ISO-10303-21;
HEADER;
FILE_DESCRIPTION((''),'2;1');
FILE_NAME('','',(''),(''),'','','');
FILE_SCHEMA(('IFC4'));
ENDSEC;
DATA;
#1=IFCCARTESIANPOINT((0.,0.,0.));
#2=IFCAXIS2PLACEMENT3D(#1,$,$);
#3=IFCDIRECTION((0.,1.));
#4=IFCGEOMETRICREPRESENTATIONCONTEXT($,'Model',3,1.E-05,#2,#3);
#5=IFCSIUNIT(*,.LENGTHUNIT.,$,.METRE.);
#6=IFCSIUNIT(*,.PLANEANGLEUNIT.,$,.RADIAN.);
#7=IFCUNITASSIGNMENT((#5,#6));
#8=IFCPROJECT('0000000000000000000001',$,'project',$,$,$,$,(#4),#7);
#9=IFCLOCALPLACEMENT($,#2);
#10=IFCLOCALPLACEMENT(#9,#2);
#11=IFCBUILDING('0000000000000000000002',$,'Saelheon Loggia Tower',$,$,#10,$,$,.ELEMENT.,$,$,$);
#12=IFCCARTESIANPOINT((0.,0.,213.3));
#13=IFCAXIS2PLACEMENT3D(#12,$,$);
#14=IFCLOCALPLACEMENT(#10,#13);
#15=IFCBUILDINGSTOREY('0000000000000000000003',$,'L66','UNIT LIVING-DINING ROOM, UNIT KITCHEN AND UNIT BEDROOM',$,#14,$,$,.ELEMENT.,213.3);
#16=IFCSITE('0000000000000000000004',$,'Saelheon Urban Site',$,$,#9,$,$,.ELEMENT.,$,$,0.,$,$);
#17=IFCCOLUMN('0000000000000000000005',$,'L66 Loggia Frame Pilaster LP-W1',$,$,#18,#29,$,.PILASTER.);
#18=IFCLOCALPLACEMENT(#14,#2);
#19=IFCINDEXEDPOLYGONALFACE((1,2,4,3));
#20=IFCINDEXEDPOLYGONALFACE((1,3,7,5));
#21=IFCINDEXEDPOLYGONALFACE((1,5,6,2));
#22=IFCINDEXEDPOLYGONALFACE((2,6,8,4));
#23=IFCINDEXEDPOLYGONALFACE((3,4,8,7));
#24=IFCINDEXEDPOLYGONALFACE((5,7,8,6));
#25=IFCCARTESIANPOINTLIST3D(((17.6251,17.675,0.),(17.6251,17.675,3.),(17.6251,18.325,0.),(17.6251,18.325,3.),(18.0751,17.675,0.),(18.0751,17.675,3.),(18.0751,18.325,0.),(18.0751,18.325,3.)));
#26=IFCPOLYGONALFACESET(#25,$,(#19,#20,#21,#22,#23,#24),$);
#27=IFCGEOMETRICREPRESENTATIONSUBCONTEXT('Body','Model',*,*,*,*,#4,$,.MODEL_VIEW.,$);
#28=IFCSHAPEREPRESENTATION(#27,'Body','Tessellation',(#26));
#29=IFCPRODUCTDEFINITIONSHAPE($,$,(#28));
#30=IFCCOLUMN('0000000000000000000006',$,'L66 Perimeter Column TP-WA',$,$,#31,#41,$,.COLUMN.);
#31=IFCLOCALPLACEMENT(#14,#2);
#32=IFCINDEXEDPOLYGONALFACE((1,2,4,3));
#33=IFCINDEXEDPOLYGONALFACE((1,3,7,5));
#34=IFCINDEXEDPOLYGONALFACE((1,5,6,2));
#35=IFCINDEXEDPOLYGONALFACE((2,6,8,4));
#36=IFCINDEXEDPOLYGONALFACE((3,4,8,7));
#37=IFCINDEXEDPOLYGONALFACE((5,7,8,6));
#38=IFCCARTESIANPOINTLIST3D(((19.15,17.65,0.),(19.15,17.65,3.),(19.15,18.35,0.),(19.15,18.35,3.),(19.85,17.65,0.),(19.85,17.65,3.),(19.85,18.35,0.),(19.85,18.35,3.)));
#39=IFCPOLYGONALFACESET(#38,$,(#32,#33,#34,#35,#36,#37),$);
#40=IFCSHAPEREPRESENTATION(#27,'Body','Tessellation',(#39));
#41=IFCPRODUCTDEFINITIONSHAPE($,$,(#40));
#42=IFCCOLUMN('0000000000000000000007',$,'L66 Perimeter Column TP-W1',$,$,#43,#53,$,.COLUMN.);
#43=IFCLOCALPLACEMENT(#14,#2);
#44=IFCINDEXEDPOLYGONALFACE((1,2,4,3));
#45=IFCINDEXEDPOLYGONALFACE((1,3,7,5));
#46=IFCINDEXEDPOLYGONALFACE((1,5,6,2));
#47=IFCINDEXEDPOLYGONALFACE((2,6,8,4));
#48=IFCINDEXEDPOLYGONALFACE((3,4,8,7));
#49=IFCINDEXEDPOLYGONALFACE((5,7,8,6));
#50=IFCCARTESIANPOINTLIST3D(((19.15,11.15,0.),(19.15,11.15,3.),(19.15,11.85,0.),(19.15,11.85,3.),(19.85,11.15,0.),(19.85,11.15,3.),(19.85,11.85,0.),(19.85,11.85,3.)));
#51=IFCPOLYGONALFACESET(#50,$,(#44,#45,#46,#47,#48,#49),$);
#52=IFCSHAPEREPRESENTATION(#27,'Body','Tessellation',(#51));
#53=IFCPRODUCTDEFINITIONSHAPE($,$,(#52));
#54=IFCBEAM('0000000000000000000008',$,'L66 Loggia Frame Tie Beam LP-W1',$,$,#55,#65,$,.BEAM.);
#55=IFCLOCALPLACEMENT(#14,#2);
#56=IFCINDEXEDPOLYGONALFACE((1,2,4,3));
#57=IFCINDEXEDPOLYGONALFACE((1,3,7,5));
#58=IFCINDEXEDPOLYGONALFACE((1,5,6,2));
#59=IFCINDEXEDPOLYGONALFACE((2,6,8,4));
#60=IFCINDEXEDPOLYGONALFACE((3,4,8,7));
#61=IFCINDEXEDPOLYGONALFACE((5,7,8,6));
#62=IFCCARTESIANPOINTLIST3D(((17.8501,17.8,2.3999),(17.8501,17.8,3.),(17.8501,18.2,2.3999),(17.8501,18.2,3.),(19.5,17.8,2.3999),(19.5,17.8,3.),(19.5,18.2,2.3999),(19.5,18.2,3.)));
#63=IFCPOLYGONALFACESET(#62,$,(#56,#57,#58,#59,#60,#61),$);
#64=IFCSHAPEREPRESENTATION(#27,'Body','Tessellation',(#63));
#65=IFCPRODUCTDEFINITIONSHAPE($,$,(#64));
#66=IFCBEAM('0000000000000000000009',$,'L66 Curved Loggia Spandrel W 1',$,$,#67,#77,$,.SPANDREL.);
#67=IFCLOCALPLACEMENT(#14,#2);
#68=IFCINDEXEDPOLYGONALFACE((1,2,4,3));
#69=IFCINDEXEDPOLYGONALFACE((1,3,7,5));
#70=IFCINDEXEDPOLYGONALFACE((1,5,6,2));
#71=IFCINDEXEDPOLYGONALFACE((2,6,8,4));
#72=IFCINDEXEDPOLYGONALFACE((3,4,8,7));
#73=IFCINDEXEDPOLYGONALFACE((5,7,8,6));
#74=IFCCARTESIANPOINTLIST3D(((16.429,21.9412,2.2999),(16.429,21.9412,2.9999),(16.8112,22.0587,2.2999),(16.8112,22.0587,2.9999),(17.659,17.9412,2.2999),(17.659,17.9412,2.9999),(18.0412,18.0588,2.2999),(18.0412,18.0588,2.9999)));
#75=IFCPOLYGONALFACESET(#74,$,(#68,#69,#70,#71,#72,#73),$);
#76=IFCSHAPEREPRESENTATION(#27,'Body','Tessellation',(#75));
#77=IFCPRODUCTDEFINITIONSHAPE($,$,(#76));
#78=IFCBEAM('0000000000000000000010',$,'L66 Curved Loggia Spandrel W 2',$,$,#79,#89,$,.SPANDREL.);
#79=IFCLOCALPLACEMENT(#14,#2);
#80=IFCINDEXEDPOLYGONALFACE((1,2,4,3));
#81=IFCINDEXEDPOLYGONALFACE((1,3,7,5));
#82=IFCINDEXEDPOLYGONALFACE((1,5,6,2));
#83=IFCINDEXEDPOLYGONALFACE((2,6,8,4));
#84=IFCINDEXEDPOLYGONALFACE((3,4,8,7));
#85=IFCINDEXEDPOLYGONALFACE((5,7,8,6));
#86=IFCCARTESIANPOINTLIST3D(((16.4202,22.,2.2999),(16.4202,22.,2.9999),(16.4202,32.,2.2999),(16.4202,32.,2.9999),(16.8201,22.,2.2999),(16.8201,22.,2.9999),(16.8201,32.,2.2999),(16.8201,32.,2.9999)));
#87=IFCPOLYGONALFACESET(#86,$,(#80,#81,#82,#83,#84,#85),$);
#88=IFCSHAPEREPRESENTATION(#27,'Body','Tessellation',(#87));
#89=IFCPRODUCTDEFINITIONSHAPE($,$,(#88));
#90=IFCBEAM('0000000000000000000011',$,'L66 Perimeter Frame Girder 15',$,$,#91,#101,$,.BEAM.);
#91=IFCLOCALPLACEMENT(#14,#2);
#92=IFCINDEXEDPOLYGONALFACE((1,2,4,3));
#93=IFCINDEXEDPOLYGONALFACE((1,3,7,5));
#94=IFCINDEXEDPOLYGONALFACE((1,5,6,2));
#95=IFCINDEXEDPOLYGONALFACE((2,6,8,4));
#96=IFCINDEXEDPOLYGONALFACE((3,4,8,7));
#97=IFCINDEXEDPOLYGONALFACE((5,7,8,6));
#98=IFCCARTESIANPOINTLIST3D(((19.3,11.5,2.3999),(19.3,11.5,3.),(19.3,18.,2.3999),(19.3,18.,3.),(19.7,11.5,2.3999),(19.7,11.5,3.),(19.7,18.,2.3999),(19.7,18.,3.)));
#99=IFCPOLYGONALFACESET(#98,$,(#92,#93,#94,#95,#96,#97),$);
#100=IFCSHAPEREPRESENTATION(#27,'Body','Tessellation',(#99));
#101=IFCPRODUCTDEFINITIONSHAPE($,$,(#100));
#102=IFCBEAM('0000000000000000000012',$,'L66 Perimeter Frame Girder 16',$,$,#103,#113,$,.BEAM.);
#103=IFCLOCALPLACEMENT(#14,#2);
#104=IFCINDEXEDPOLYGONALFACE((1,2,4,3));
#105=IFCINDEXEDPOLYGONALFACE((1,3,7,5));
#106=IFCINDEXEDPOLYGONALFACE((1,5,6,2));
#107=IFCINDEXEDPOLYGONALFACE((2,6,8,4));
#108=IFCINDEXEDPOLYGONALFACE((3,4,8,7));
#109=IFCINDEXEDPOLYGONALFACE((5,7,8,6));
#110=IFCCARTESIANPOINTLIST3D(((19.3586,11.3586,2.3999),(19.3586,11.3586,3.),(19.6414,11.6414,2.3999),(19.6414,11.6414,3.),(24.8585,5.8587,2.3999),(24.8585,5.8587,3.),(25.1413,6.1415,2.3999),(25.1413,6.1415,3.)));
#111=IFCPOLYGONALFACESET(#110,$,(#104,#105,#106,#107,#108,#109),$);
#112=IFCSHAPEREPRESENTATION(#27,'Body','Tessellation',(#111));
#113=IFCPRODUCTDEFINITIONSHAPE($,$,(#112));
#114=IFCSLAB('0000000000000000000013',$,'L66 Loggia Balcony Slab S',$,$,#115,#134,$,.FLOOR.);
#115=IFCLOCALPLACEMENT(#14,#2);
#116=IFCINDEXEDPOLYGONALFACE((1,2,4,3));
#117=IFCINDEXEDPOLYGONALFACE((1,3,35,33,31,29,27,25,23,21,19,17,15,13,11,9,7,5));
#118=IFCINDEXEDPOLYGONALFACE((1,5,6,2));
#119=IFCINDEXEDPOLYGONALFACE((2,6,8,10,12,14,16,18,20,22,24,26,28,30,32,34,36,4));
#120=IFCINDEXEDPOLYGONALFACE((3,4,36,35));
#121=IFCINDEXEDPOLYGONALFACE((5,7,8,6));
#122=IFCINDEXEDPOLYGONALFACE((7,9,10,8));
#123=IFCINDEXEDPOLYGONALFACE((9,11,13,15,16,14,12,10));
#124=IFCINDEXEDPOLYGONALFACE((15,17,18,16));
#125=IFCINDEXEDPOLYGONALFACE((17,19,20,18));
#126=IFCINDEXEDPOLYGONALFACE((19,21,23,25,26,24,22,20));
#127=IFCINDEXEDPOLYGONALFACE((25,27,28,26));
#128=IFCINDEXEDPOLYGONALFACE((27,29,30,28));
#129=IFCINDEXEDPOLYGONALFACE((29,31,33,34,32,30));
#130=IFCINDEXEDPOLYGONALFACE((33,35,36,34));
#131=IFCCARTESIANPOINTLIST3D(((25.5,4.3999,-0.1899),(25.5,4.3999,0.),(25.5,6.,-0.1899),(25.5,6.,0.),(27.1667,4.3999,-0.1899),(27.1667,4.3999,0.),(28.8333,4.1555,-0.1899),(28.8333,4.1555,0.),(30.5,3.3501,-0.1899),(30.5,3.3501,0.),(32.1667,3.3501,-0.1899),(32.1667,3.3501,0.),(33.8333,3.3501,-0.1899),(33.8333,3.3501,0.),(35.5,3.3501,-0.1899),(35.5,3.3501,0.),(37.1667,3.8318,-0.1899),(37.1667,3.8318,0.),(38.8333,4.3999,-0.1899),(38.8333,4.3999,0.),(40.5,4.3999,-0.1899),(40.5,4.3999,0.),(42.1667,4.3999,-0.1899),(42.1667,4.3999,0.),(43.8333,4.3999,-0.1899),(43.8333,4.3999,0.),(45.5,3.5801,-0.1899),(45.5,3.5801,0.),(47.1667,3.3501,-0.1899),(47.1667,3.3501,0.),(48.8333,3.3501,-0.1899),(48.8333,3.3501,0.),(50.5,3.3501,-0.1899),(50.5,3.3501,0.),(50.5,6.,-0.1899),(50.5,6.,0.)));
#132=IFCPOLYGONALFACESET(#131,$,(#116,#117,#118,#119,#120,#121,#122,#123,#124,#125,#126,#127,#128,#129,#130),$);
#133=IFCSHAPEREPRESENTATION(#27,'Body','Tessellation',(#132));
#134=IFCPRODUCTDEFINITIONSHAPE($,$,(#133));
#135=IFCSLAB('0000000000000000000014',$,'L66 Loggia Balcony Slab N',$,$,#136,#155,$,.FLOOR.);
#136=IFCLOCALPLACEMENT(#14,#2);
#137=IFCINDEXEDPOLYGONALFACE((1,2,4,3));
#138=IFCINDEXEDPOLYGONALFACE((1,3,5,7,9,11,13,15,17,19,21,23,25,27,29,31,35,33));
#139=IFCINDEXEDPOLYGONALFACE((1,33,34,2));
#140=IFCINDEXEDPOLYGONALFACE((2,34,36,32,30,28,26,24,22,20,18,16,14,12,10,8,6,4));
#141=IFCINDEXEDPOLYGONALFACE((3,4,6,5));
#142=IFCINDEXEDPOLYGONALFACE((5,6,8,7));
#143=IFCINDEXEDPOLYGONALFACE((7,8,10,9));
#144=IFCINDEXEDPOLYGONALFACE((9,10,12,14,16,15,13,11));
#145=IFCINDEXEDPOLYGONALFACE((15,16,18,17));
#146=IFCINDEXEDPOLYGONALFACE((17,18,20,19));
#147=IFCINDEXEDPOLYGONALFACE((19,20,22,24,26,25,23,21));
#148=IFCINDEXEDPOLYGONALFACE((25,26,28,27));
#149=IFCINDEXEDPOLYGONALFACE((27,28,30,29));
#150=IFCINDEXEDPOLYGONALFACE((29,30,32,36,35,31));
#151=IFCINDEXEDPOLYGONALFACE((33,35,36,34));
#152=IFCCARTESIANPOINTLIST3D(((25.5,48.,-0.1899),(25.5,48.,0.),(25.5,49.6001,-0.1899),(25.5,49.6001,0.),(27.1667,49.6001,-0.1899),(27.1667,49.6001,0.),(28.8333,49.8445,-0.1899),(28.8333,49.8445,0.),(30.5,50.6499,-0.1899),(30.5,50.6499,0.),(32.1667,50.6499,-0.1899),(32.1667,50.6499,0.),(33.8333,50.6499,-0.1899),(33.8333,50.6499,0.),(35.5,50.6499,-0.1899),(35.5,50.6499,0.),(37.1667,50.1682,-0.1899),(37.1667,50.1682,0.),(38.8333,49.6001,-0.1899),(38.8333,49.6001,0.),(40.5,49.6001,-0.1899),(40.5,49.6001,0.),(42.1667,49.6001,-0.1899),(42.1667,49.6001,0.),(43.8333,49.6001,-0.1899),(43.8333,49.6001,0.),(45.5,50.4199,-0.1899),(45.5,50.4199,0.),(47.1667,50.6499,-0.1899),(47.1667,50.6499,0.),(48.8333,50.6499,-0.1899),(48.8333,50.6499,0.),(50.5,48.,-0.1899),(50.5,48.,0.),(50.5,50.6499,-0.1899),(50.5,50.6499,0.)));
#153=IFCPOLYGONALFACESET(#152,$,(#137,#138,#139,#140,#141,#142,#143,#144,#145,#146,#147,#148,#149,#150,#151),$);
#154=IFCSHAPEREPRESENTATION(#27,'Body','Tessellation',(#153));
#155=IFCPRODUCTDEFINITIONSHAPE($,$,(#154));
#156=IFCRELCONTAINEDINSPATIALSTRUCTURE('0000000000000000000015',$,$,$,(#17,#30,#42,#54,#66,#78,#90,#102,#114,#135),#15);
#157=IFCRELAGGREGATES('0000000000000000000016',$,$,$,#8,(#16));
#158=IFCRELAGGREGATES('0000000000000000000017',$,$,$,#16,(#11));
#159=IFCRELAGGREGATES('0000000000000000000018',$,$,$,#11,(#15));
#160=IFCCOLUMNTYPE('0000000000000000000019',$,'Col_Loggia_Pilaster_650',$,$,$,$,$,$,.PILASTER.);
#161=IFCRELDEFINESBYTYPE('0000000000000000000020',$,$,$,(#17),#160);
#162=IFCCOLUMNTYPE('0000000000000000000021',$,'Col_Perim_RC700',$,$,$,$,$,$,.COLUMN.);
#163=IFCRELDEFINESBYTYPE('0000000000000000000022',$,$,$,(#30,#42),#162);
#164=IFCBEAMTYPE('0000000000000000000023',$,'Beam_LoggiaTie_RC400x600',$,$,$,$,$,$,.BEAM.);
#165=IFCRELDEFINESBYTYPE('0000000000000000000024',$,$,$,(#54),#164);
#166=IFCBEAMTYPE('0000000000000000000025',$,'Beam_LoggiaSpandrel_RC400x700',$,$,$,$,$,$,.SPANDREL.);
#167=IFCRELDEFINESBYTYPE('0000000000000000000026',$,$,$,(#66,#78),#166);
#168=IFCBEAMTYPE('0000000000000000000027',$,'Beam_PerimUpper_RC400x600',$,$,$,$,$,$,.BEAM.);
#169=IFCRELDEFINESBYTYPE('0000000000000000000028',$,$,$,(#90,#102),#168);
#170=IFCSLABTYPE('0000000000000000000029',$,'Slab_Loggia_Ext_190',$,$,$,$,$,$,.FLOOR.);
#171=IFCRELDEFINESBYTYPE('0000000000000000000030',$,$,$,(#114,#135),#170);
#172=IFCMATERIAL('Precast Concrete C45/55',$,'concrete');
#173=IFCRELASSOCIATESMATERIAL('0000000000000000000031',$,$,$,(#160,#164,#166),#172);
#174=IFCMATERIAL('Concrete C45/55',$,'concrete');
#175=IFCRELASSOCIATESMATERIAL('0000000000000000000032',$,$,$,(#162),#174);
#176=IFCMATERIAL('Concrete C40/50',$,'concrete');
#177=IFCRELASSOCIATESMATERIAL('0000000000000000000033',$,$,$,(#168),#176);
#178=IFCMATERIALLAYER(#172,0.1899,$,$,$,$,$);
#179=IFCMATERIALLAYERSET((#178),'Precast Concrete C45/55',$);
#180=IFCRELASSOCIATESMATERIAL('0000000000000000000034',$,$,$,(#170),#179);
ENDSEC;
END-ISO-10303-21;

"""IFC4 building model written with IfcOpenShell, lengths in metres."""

from ifc_helpers import new_model, si_unit, direction, frame, origin, origin_2d, place, context, subcontext, project, spatial, polyline, rectangle, outline, extrude, source, transform, mapped, material, layer, layer_set, material_profile, profile_set, type_object, element, save


model = new_model("IFC4")

# Units and contexts
model_context = context("Model", 3, precision=1e-05, world=origin(), true_north=direction((0.0, 1.0)))
body_context = subcontext(model_context, "Body", "Model", "MODEL_VIEW")
ifc_project = project(units=[si_unit("LENGTHUNIT", "METRE"), si_unit("PLANEANGLEUNIT", "RADIAN")], contexts=[model_context])

# Site, building, storey
site_placement = place(None, origin())
site = spatial("IfcSite", under=ifc_project, at=site_placement, Name="Saelheon Urban Site", CompositionType="ELEMENT", RefElevation=0.0)
building_placement = place(site_placement, origin())
building = spatial("IfcBuilding", under=site, at=building_placement, Name="Saelheon Loggia Tower", CompositionType="ELEMENT")
storey_placement = place(building_placement, frame((0.0, 0.0, 213.3)))
storey = spatial("IfcBuildingStorey", under=building, at=storey_placement, Name="L66", Description="UNIT LIVING-DINING ROOM, UNIT KITCHEN AND UNIT BEDROOM", CompositionType="ELEMENT", Elevation=213.3)

# Columns
ifc_material_1 = material(Name="Precast Concrete C45/55", Category="concrete")
ifc_material_profile_1 = material_profile(ifc_material_1, rectangle(XDim=0.45, YDim=0.6499, at=origin_2d()), Name="RC-450x650")
ifc_profile_set_1 = profile_set([ifc_material_profile_1], Name="Precast Concrete C45/55")
column_type_1 = type_object("IfcColumnType", Name="Col_Loggia_Pilaster_650", PredefinedType="PILASTER", material=ifc_profile_set_1)
shared_shape_1 = source(origin(), body_context, "Body", "SweptSolid", [
    extrude(rectangle(XDim=0.45, YDim=0.6499, at=origin_2d()), origin(), (0.0, 0.0, 1.0), 3.0),
])
column_placement = place(storey_placement, frame((17.8501, 18.0, 0.0), z_axis=(0.0, 0.0, 1.0), x_axis=(1.0, 0.0, 0.0)))
element("IfcColumn", 1, at=column_placement, inside=storey, type_object=column_type_1, Name="L66 Loggia Frame Pilaster LP-W1", PredefinedType="PILASTER", context=body_context, shape_type="MappedRepresentation", body=[
    mapped(shared_shape_1, transform((0.0, 0.0, 0.0), scale=1.0)),
])
ifc_material_2 = material(Name="Concrete C45/55", Category="concrete")
ifc_material_profile_2 = material_profile(ifc_material_2, rectangle(XDim=0.7, YDim=0.7, at=origin_2d()), Name="RC-700x700")
ifc_profile_set_2 = profile_set([ifc_material_profile_2], Name="Concrete C45/55")
column_type_2 = type_object("IfcColumnType", Name="Col_Perim_RC700", PredefinedType="COLUMN", material=ifc_profile_set_2)
shared_shape_2 = source(origin(), body_context, "Body", "SweptSolid", [
    extrude(rectangle(XDim=0.7, YDim=0.7, at=origin_2d()), origin(), (0.0, 0.0, 1.0), 3.0),
])
for number, where, z_axis, x_axis, name in (
    (2, (19.5, 18.0, 0.0), (0.0, 0.0, 1.0), (1.0, 0.0, 0.0), "L66 Perimeter Column TP-WA"),
    (3, (19.5, 11.5, 0.0), (0.0, 0.0, 1.0), (1.0, 0.0, 0.0), "L66 Perimeter Column TP-W1"),
):
    element("IfcColumn", number, at=place(storey_placement, frame(where, z_axis=z_axis, x_axis=x_axis)), inside=storey, type_object=column_type_2, Name=name, PredefinedType="COLUMN", context=body_context, shape_type="MappedRepresentation", body=[
        mapped(shared_shape_2, transform((0.0, 0.0, 0.0), scale=1.0)),
    ])

# Beams
ifc_material_profile_3 = material_profile(ifc_material_1, rectangle(XDim=0.3999, YDim=0.6001, at=origin_2d()), Name="RC-400x600")
ifc_profile_set_3 = profile_set([ifc_material_profile_3], Name="Precast Concrete C45/55")
beam_type_1 = type_object("IfcBeamType", Name="Beam_LoggiaTie_RC400x600", PredefinedType="BEAM", material=ifc_profile_set_3)
shared_shape_3 = source(origin(), body_context, "Body", "SweptSolid", [
    extrude(rectangle(XDim=0.3999, YDim=0.6001, at=origin_2d()), origin(), (0.0, 0.0, 1.0), 1.6499),
])
beam_1_placement = place(storey_placement, frame((19.5, 18.0, 2.7), z_axis=(-1.0, 0.0, 0.0), x_axis=(0.0, -1.0, 0.0)))
element("IfcBeam", 4, at=beam_1_placement, inside=storey, type_object=beam_type_1, Name="L66 Loggia Frame Tie Beam LP-W1", PredefinedType="BEAM", context=body_context, shape_type="MappedRepresentation", body=[
    mapped(shared_shape_3, transform((0.0, 0.0, 0.0), scale=1.0)),
])
ifc_material_profile_4 = material_profile(ifc_material_1, rectangle(XDim=0.3999, YDim=0.7, at=origin_2d()), Name="RC-400x700")
ifc_profile_set_4 = profile_set([ifc_material_profile_4], Name="Precast Concrete C45/55")
beam_type_2 = type_object("IfcBeamType", Name="Beam_LoggiaSpandrel_RC400x700", PredefinedType="SPANDREL", material=ifc_profile_set_4)
shared_shape_4 = source(origin(), body_context, "Body", "SweptSolid", [
    extrude(rectangle(XDim=0.3999, YDim=0.7, at=origin_2d()), origin(), (0.0, 0.0, 1.0), 4.1848),
])
beam_2_placement = place(storey_placement, frame((17.8501, 18.0, 2.6499), z_axis=(-0.293914, 0.955832, 0.0), x_axis=(-0.955832, -0.293914, 0.0)))
element("IfcBeam", 5, at=beam_2_placement, inside=storey, type_object=beam_type_2, Name="L66 Curved Loggia Spandrel W 1", PredefinedType="SPANDREL", context=body_context, shape_type="MappedRepresentation", body=[
    mapped(shared_shape_4, transform((0.0, 0.0, 0.0), scale=1.0)),
])
shared_shape_5 = source(origin(), body_context, "Body", "SweptSolid", [
    extrude(rectangle(XDim=0.3999, YDim=0.7, at=origin_2d()), origin(), (0.0, 0.0, 1.0), 10.0),
])
beam_3_placement = place(storey_placement, frame((16.6201, 22.0, 2.6499), z_axis=(0.0, 1.0, 0.0), x_axis=(-1.0, 0.0, 0.0)))
element("IfcBeam", 6, at=beam_3_placement, inside=storey, type_object=beam_type_2, Name="L66 Curved Loggia Spandrel W 2", PredefinedType="SPANDREL", context=body_context, shape_type="MappedRepresentation", body=[
    mapped(shared_shape_5, transform((0.0, 0.0, 0.0), scale=1.0)),
])
ifc_material_3 = material(Name="Concrete C40/50", Category="concrete")
ifc_material_profile_5 = material_profile(ifc_material_3, rectangle(XDim=0.3999, YDim=0.6001, at=origin_2d()), Name="RC-400x600")
ifc_profile_set_5 = profile_set([ifc_material_profile_5], Name="Concrete C40/50")
beam_type_3 = type_object("IfcBeamType", Name="Beam_PerimUpper_RC400x600", PredefinedType="BEAM", material=ifc_profile_set_5)
shared_shape_6 = source(origin(), body_context, "Body", "SweptSolid", [
    extrude(rectangle(XDim=0.3999, YDim=0.6001, at=origin_2d()), origin(), (0.0, 0.0, 1.0), 6.5),
])
beam_4_placement = place(storey_placement, frame((19.5, 18.0, 2.7), z_axis=(0.0, -1.0, 0.0), x_axis=(1.0, 0.0, 0.0)))
element("IfcBeam", 7, at=beam_4_placement, inside=storey, type_object=beam_type_3, Name="L66 Perimeter Frame Girder 15", PredefinedType="BEAM", context=body_context, shape_type="MappedRepresentation", body=[
    mapped(shared_shape_6, transform((0.0, 0.0, 0.0), scale=1.0)),
])
shared_shape_7 = source(origin(), body_context, "Body", "SweptSolid", [
    extrude(rectangle(XDim=0.3999, YDim=0.6001, at=origin_2d()), origin(), (0.0, 0.0, 1.0), 7.7781),
])
beam_5_placement = place(storey_placement, frame((19.5, 11.5, 2.7), z_axis=(0.707107, -0.707107, 0.0), x_axis=(0.707107, 0.707107, 0.0)))
element("IfcBeam", 8, at=beam_5_placement, inside=storey, type_object=beam_type_3, Name="L66 Perimeter Frame Girder 16", PredefinedType="BEAM", context=body_context, shape_type="MappedRepresentation", body=[
    mapped(shared_shape_7, transform((0.0, 0.0, 0.0), scale=1.0)),
])

# Slabs
ifc_layer_1 = layer(ifc_material_1, 0.1899)
ifc_layer_set_1 = layer_set([ifc_layer_1], Name="Precast Concrete C45/55")
slab_type_1 = type_object("IfcSlabType", Name="Slab_Loggia_Ext_190", PredefinedType="FLOOR", material=ifc_layer_set_1)
slab_1_placement = place(storey_placement, frame((0.0, 0.0, -0.1899)))
element("IfcSlab", 9, at=slab_1_placement, inside=storey, type_object=slab_type_1, Name="L66 Loggia Balcony Slab S", PredefinedType="FLOOR", context=body_context, shape_type="SweptSolid", body=[
    extrude(outline(polyline([(25.5, 4.3999), (27.1667, 4.3999), (28.8333, 4.1555), (30.5, 3.3501), (32.1667, 3.3501), (33.8333, 3.3501), (35.5, 3.3501), (37.1667, 3.8318), (38.8333, 4.3999), (40.5, 4.3999), (42.1667, 4.3999), (43.8333, 4.3999), (45.5, 3.5801), (47.1667, 3.3501), (48.8333, 3.3501), (50.5, 3.3501), (50.5, 6.0), (25.5, 6.0), (25.5, 4.3999)])), origin(), (0.0, 0.0, 1.0), 0.1899),
])
slab_2_placement = place(storey_placement, frame((0.0, 0.0, -0.1899)))
element("IfcSlab", 10, at=slab_2_placement, inside=storey, type_object=slab_type_1, Name="L66 Loggia Balcony Slab N", PredefinedType="FLOOR", context=body_context, shape_type="SweptSolid", body=[
    extrude(outline(polyline([(25.5, 48.0), (50.5, 48.0), (50.5, 50.6499), (48.8333, 50.6499), (47.1667, 50.6499), (45.5, 50.4199), (43.8333, 49.6001), (42.1667, 49.6001), (40.5, 49.6001), (38.8333, 49.6001), (37.1667, 50.1682), (35.5, 50.6499), (33.8333, 50.6499), (32.1667, 50.6499), (30.5, 50.6499), (28.8333, 49.8445), (27.1667, 49.6001), (25.5, 49.6001), (25.5, 48.0)])), origin(), (0.0, 0.0, 1.0), 0.1899),
])

save(model, "model.ifc")
